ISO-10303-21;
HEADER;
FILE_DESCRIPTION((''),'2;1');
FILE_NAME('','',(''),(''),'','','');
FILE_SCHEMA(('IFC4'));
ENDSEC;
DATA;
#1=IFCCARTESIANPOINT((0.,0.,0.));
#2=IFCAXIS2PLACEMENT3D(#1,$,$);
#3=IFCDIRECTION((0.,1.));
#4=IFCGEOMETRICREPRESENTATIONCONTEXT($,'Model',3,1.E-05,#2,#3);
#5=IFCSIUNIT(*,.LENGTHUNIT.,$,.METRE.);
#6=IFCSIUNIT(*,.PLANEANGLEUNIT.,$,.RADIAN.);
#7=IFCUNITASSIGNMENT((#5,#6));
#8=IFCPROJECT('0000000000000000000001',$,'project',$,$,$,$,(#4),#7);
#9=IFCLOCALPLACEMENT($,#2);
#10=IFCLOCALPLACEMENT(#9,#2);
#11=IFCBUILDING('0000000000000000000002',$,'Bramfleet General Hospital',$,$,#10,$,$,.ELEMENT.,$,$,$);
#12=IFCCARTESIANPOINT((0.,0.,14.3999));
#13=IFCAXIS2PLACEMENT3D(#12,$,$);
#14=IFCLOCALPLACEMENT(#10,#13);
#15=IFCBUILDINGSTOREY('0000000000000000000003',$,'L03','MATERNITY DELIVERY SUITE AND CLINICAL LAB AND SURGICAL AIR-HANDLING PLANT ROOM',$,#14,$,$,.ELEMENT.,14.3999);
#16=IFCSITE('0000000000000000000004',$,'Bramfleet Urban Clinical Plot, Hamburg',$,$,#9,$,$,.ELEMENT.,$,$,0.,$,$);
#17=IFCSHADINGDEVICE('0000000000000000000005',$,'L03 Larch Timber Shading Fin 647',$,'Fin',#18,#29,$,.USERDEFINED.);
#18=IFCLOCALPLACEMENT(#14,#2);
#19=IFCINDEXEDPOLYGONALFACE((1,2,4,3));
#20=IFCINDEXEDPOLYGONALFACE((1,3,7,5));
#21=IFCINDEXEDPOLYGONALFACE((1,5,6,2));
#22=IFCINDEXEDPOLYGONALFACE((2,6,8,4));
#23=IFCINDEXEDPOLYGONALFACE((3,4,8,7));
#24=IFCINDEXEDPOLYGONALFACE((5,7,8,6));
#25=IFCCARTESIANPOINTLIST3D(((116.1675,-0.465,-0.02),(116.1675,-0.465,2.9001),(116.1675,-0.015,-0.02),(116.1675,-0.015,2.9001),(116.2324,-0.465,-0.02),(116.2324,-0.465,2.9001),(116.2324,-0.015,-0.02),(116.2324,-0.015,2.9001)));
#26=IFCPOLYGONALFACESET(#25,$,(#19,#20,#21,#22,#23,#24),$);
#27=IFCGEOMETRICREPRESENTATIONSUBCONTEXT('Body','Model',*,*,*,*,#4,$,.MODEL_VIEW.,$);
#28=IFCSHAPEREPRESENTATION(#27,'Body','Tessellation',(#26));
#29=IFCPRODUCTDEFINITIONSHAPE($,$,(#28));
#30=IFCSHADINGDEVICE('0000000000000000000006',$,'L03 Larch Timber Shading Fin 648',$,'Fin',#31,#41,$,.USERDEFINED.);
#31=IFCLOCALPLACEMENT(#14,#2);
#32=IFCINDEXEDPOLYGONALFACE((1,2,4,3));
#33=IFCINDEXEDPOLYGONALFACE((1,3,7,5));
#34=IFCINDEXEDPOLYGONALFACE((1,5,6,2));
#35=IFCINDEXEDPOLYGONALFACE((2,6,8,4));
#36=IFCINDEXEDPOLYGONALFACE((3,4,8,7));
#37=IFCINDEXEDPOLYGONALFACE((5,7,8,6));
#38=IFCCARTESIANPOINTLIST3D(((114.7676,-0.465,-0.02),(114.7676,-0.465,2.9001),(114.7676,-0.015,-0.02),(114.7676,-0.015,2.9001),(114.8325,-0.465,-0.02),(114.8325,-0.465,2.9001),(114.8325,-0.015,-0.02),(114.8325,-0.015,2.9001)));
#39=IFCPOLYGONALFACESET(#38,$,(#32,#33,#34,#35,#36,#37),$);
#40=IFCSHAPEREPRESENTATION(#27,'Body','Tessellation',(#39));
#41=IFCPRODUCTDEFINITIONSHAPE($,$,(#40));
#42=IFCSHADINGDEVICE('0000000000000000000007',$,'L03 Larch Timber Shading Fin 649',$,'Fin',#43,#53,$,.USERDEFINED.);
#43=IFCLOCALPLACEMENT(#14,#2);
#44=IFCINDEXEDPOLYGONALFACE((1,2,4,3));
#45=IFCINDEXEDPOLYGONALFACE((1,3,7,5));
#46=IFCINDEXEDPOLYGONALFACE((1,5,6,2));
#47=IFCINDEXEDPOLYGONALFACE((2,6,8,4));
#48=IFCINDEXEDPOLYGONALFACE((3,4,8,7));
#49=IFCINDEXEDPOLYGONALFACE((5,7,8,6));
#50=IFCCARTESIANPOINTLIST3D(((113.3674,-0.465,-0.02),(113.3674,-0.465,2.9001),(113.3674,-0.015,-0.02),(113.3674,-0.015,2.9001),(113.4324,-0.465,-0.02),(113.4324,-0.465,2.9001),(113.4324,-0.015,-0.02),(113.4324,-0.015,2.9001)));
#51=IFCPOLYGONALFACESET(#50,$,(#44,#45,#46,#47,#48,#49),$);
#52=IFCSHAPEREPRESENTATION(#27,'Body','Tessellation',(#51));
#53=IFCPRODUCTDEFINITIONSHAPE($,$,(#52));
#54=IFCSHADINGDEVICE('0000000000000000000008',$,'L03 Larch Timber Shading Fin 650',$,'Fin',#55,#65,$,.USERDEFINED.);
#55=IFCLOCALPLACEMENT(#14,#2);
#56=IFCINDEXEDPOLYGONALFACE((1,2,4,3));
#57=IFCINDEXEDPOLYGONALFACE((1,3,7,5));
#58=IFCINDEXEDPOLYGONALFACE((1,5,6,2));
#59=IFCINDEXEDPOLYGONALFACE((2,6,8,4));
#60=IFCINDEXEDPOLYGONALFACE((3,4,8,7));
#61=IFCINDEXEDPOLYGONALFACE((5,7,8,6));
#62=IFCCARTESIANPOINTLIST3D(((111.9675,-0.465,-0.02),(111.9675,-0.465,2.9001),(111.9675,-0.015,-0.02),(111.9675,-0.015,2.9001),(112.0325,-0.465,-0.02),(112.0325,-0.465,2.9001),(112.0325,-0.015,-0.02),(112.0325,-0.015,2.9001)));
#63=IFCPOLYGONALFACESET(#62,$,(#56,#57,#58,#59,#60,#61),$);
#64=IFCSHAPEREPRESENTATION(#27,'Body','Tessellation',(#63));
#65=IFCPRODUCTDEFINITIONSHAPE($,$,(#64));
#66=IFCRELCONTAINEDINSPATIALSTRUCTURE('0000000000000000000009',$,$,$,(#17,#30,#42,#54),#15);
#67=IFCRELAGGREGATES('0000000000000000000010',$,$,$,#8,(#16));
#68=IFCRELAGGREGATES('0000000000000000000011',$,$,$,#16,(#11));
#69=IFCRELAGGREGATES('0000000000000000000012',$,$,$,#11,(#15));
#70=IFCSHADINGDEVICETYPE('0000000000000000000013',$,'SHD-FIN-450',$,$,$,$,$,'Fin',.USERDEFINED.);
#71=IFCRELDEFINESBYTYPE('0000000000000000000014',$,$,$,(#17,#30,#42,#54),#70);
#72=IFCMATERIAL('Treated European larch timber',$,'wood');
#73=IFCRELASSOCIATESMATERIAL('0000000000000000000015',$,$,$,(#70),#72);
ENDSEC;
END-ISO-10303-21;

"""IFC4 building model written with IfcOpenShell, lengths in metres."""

from ifc_helpers import new_model, si_unit, direction, frame, origin, origin_2d, place, context, subcontext, project, spatial, rectangle, extrude, material, material_profile, profile_set, type_object, element, save


model = new_model("IFC4")

# Units and contexts
model_context = context("Model", 3, precision=1e-05, world=origin(), true_north=direction((0.0, 1.0)))
body_context = subcontext(model_context, "Body", "Model", "MODEL_VIEW")
ifc_project = project(units=[si_unit("LENGTHUNIT", "METRE"), si_unit("PLANEANGLEUNIT", "RADIAN")], contexts=[model_context])

# Site, building, storey
site_placement = place(None, origin())
site = spatial("IfcSite", under=ifc_project, at=site_placement, Name="Bramfleet Urban Clinical Plot, Hamburg", CompositionType="ELEMENT", RefElevation=0.0)
building_placement = place(site_placement, origin())
building = spatial("IfcBuilding", under=site, at=building_placement, Name="Bramfleet General Hospital", CompositionType="ELEMENT")
storey_placement = place(building_placement, frame((0.0, 0.0, 14.3999)))
storey = spatial("IfcBuildingStorey", under=building, at=storey_placement, Name="L03", Description="MATERNITY DELIVERY SUITE AND CLINICAL LAB AND SURGICAL AIR-HANDLING PLANT ROOM", CompositionType="ELEMENT", Elevation=14.3999)

# Shading devices
ifc_material_1 = material(Name="Treated European larch timber", Category="wood")
ifc_material_profile_1 = material_profile(ifc_material_1, rectangle(XDim=0.0649, YDim=0.45, at=origin_2d()), Name="LARCH FIN 450x65")
ifc_profile_set_1 = profile_set([ifc_material_profile_1], Name="Treated European larch timber")
shading_device_type = type_object("IfcShadingDeviceType", Name="SHD-FIN-450", ElementType="Fin", PredefinedType="USERDEFINED", material=ifc_profile_set_1)
for number, where, z_axis, x_axis, name in (
    (1, (116.2, -0.24, -0.02), (0.0, 0.0, 1.0), (-1.0, 0.0, 0.0), "L03 Larch Timber Shading Fin 647"),
    (2, (114.8, -0.24, -0.02), (0.0, 0.0, 1.0), (-1.0, 0.0, 0.0), "L03 Larch Timber Shading Fin 648"),
    (3, (113.3999, -0.24, -0.02), (0.0, 0.0, 1.0), (-1.0, 0.0, 0.0), "L03 Larch Timber Shading Fin 649"),
    (4, (112.0, -0.24, -0.02), (0.0, 0.0, 1.0), (-1.0, 0.0, 0.0), "L03 Larch Timber Shading Fin 650"),
):
    element("IfcShadingDevice", number, at=place(storey_placement, frame(where, z_axis=z_axis, x_axis=x_axis)), inside=storey, type_object=shading_device_type, Name=name, ObjectType="Fin", PredefinedType="USERDEFINED", context=body_context, shape_type="SweptSolid", body=[
        extrude(rectangle(XDim=0.0649, YDim=0.45, at=origin_2d()), origin(), (0.0, 0.0, 1.0), 2.9202),
    ])

save(model, "model.ifc")
